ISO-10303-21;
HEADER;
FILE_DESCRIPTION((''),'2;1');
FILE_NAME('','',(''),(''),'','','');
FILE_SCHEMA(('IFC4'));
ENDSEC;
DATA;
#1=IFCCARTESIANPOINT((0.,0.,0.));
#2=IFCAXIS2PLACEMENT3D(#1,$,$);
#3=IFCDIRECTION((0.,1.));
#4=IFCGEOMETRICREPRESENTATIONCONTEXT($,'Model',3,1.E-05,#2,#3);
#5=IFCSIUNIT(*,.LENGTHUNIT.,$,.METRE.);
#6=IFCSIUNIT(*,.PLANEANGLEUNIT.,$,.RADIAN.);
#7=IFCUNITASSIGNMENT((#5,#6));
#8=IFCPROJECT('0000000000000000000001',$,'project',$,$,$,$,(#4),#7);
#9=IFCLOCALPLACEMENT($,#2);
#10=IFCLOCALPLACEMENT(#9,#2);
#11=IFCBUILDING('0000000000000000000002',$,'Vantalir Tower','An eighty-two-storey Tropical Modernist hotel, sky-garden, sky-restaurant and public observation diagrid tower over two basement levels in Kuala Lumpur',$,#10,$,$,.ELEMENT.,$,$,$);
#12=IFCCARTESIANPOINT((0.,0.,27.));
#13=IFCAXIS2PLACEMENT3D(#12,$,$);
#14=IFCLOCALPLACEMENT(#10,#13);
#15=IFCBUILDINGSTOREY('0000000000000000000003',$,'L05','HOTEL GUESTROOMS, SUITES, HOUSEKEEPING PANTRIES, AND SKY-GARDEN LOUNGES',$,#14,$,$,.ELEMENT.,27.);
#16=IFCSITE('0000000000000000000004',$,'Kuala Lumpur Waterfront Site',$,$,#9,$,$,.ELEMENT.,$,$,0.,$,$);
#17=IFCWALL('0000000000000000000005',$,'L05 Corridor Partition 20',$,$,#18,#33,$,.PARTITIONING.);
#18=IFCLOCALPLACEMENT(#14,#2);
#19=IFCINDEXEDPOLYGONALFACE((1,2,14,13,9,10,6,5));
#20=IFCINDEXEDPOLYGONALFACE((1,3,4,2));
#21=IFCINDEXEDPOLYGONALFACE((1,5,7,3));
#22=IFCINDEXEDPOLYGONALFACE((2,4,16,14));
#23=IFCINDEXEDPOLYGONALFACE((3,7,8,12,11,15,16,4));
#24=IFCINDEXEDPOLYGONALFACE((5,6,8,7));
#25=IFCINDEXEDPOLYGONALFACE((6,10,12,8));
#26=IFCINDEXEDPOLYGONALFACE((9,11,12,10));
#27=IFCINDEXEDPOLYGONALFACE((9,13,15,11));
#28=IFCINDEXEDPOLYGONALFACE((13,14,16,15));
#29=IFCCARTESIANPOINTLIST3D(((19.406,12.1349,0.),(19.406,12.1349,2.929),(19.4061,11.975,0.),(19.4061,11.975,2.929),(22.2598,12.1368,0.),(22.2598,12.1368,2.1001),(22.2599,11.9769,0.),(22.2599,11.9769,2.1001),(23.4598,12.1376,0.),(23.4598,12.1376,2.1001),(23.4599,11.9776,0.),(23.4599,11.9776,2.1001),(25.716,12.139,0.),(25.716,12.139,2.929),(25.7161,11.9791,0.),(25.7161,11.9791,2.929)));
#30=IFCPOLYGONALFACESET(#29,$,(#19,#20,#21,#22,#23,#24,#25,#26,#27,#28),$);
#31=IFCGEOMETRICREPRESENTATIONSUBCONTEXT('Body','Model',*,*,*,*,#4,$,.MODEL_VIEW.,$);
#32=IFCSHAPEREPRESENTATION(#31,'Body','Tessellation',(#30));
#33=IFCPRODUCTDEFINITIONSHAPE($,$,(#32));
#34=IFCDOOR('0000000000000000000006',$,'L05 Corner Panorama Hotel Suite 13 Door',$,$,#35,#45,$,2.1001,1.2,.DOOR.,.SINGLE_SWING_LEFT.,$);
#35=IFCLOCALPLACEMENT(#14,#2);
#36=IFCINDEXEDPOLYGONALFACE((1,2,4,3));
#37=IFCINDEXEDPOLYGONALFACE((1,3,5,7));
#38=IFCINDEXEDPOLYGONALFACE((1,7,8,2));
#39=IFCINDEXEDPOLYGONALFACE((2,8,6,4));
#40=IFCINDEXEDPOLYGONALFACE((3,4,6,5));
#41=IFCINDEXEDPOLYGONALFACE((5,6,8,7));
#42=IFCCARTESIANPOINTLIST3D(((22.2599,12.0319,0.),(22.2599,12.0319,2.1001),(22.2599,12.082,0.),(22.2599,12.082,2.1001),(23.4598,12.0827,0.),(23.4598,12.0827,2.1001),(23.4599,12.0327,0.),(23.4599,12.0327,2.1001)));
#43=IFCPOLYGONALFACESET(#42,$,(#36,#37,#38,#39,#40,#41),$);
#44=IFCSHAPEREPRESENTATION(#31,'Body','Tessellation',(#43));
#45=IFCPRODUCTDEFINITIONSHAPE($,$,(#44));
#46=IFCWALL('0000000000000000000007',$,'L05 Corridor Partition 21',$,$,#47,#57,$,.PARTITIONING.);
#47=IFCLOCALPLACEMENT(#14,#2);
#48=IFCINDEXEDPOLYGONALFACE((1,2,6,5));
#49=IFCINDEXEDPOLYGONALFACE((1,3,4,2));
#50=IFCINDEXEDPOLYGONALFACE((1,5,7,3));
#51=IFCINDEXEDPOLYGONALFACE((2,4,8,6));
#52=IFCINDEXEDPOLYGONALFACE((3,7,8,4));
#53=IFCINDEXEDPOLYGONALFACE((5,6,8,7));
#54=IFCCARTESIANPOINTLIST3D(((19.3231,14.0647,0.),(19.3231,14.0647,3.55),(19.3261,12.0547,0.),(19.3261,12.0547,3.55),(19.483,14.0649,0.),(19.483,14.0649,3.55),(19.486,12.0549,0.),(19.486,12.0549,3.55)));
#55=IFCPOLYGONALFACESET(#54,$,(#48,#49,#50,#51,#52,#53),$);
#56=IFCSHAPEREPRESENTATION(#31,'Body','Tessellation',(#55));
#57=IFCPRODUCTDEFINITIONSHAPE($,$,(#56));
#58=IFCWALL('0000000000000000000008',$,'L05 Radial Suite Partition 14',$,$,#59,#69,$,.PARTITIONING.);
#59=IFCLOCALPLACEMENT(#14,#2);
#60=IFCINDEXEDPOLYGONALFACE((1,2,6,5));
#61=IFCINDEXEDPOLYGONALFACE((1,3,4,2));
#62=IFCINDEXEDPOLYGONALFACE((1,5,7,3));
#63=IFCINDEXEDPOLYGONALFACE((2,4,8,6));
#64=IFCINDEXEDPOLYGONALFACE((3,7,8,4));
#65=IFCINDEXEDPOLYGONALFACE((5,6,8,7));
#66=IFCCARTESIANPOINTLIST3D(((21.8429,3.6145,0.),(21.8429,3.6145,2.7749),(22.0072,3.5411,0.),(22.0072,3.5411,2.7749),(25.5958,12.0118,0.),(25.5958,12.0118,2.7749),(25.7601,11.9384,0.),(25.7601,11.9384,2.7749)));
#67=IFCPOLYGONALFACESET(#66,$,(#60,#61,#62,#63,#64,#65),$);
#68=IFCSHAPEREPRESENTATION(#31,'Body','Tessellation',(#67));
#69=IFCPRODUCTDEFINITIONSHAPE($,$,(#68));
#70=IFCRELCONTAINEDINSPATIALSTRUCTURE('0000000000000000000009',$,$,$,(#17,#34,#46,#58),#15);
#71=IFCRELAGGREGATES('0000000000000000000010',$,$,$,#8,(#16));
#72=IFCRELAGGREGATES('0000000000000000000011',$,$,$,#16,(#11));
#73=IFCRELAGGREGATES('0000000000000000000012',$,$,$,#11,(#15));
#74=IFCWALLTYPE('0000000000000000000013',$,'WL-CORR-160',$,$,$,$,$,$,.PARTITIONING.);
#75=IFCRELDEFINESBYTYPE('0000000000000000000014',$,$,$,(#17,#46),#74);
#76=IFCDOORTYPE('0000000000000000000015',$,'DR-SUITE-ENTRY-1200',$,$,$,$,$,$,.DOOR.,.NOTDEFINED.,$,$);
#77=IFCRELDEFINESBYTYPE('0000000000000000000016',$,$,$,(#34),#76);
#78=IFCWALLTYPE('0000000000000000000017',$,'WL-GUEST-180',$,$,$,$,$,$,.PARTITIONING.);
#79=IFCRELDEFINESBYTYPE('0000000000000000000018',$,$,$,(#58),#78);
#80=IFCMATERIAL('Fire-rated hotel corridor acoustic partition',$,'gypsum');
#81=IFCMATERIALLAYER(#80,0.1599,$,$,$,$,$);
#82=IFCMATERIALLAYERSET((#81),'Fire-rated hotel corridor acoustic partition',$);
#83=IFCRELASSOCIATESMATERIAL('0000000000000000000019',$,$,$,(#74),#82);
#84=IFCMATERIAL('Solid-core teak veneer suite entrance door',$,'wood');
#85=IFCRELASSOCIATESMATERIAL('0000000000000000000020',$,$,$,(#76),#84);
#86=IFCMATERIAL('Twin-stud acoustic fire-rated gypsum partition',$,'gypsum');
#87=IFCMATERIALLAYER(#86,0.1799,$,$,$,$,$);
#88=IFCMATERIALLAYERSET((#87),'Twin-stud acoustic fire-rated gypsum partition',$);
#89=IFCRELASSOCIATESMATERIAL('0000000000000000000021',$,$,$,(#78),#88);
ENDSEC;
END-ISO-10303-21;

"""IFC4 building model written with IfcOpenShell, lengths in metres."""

from ifc_helpers import new_model, si_unit, direction, frame, frame_2d, origin, place, context, subcontext, project, spatial, rectangle, extrude, material, layer, layer_set, type_object, element, fill, save


model = new_model("IFC4")

# Units and contexts
model_context = context("Model", 3, precision=1e-05, world=origin(), true_north=direction((0.0, 1.0)))
body_context = subcontext(model_context, "Body", "Model", "MODEL_VIEW")
ifc_project = project(units=[si_unit("LENGTHUNIT", "METRE"), si_unit("PLANEANGLEUNIT", "RADIAN")], contexts=[model_context])

# Site, building, storey
site_placement = place(None, origin())
site = spatial("IfcSite", under=ifc_project, at=site_placement, Name="Kuala Lumpur Waterfront Site", CompositionType="ELEMENT", RefElevation=0.0)
building_placement = place(site_placement, origin())
building = spatial("IfcBuilding", under=site, at=building_placement, Name="Vantalir Tower", Description="An eighty-two-storey Tropical Modernist hotel, sky-garden, sky-restaurant and public observation diagrid tower over two basement levels in Kuala Lumpur", CompositionType="ELEMENT")
storey_placement = place(building_placement, frame((0.0, 0.0, 27.0)))
storey = spatial("IfcBuildingStorey", under=building, at=storey_placement, Name="L05", Description="HOTEL GUESTROOMS, SUITES, HOUSEKEEPING PANTRIES, AND SKY-GARDEN LOUNGES", CompositionType="ELEMENT", Elevation=27.0)

# Wall, opening, door
ifc_material_1 = material(Name="Fire-rated hotel corridor acoustic partition", Category="gypsum")
ifc_layer_1 = layer(ifc_material_1, 0.1599)
ifc_layer_set_1 = layer_set([ifc_layer_1], Name="Fire-rated hotel corridor acoustic partition")
wall_type_1 = type_object("IfcWallType", Name="WL-CORR-160", PredefinedType="PARTITIONING", material=ifc_layer_set_1)
wall_1_placement = place(storey_placement, frame((25.7161, 12.0591, 0.0), z_axis=(0.0, 0.0, 1.0), x_axis=(-1.0, -0.000658, 0.0)))
wall_1 = element("IfcWall", 1, at=wall_1_placement, inside=storey, type_object=wall_type_1, Name="L05 Corridor Partition 20", PredefinedType="PARTITIONING", context=body_context, shape_type="SweptSolid", body=[
    extrude(rectangle(XDim=6.3101, YDim=0.1599, at=frame_2d((3.155, 0.0))), origin(), (0.0, 0.0, 1.0), 2.929),
])
opening_1_placement = place(wall_1_placement, frame((2.2561, 0.0, 0.0)))
opening_1 = element("IfcOpeningElement", 2, at=opening_1_placement, cuts=wall_1, PredefinedType="OPENING", context=body_context, shape_type="SweptSolid", body=[
    extrude(rectangle(XDim=1.2, YDim=2.1001, at=frame_2d((0.6001, 1.05))), frame((0.0, 0.0898, 0.0), z_axis=(0.0, -1.0, 0.0), x_axis=(1.0, 0.0, 0.0)), (0.0, 0.0, 1.0), 0.1799),
])
ifc_material_2 = material(Name="Solid-core teak veneer suite entrance door", Category="wood")
door_type_1 = type_object("IfcDoorType", Name="DR-SUITE-ENTRY-1200", OperationType="NOTDEFINED", PredefinedType="DOOR", material=ifc_material_2)
door_1_placement = place(opening_1_placement, origin())
door_1 = element("IfcDoor", 3, at=door_1_placement, inside=storey, type_object=door_type_1, Name="L05 Corner Panorama Hotel Suite 13 Door", OperationType="SINGLE_SWING_LEFT", OverallHeight=2.1001, OverallWidth=1.2, PredefinedType="DOOR", context=body_context, shape_type="SweptSolid", body=[
    extrude(rectangle(XDim=1.2, YDim=2.1001, at=frame_2d((0.6001, 1.05))), frame((0.0, 0.0249, 0.0), z_axis=(0.0, -1.0, 0.0), x_axis=(1.0, 0.0, 0.0)), (0.0, 0.0, 1.0), 0.05),
])
fill(opening_1, door_1)

# Walls
wall_2_placement = place(storey_placement, frame((19.406, 12.0549, 0.0), z_axis=(0.0, 0.0, 1.0), x_axis=(-0.001458, 0.999999, 0.0)))
element("IfcWall", 4, at=wall_2_placement, inside=storey, type_object=wall_type_1, Name="L05 Corridor Partition 21", PredefinedType="PARTITIONING", context=body_context, shape_type="SweptSolid", body=[
    extrude(rectangle(XDim=2.01, YDim=0.1599, at=frame_2d((1.0049, 0.0))), origin(), (0.0, 0.0, 1.0), 3.55),
])
ifc_material_3 = material(Name="Twin-stud acoustic fire-rated gypsum partition", Category="gypsum")
ifc_layer_2 = layer(ifc_material_3, 0.1799)
ifc_layer_set_2 = layer_set([ifc_layer_2], Name="Twin-stud acoustic fire-rated gypsum partition")
wall_type_2 = type_object("IfcWallType", Name="WL-GUEST-180", PredefinedType="PARTITIONING", material=ifc_layer_set_2)
wall_3_placement = place(storey_placement, frame((25.678, 11.9751, 0.0), z_axis=(0.0, 0.0, 1.0), x_axis=(-0.408029, -0.912969, 0.0)))
element("IfcWall", 5, at=wall_3_placement, inside=storey, type_object=wall_type_2, Name="L05 Radial Suite Partition 14", PredefinedType="PARTITIONING", context=body_context, shape_type="SweptSolid", body=[
    extrude(rectangle(XDim=9.1978, YDim=0.1799, at=frame_2d((4.5989, 0.0))), origin(), (0.0, 0.0, 1.0), 2.7749),
])

save(model, "model.ifc")
